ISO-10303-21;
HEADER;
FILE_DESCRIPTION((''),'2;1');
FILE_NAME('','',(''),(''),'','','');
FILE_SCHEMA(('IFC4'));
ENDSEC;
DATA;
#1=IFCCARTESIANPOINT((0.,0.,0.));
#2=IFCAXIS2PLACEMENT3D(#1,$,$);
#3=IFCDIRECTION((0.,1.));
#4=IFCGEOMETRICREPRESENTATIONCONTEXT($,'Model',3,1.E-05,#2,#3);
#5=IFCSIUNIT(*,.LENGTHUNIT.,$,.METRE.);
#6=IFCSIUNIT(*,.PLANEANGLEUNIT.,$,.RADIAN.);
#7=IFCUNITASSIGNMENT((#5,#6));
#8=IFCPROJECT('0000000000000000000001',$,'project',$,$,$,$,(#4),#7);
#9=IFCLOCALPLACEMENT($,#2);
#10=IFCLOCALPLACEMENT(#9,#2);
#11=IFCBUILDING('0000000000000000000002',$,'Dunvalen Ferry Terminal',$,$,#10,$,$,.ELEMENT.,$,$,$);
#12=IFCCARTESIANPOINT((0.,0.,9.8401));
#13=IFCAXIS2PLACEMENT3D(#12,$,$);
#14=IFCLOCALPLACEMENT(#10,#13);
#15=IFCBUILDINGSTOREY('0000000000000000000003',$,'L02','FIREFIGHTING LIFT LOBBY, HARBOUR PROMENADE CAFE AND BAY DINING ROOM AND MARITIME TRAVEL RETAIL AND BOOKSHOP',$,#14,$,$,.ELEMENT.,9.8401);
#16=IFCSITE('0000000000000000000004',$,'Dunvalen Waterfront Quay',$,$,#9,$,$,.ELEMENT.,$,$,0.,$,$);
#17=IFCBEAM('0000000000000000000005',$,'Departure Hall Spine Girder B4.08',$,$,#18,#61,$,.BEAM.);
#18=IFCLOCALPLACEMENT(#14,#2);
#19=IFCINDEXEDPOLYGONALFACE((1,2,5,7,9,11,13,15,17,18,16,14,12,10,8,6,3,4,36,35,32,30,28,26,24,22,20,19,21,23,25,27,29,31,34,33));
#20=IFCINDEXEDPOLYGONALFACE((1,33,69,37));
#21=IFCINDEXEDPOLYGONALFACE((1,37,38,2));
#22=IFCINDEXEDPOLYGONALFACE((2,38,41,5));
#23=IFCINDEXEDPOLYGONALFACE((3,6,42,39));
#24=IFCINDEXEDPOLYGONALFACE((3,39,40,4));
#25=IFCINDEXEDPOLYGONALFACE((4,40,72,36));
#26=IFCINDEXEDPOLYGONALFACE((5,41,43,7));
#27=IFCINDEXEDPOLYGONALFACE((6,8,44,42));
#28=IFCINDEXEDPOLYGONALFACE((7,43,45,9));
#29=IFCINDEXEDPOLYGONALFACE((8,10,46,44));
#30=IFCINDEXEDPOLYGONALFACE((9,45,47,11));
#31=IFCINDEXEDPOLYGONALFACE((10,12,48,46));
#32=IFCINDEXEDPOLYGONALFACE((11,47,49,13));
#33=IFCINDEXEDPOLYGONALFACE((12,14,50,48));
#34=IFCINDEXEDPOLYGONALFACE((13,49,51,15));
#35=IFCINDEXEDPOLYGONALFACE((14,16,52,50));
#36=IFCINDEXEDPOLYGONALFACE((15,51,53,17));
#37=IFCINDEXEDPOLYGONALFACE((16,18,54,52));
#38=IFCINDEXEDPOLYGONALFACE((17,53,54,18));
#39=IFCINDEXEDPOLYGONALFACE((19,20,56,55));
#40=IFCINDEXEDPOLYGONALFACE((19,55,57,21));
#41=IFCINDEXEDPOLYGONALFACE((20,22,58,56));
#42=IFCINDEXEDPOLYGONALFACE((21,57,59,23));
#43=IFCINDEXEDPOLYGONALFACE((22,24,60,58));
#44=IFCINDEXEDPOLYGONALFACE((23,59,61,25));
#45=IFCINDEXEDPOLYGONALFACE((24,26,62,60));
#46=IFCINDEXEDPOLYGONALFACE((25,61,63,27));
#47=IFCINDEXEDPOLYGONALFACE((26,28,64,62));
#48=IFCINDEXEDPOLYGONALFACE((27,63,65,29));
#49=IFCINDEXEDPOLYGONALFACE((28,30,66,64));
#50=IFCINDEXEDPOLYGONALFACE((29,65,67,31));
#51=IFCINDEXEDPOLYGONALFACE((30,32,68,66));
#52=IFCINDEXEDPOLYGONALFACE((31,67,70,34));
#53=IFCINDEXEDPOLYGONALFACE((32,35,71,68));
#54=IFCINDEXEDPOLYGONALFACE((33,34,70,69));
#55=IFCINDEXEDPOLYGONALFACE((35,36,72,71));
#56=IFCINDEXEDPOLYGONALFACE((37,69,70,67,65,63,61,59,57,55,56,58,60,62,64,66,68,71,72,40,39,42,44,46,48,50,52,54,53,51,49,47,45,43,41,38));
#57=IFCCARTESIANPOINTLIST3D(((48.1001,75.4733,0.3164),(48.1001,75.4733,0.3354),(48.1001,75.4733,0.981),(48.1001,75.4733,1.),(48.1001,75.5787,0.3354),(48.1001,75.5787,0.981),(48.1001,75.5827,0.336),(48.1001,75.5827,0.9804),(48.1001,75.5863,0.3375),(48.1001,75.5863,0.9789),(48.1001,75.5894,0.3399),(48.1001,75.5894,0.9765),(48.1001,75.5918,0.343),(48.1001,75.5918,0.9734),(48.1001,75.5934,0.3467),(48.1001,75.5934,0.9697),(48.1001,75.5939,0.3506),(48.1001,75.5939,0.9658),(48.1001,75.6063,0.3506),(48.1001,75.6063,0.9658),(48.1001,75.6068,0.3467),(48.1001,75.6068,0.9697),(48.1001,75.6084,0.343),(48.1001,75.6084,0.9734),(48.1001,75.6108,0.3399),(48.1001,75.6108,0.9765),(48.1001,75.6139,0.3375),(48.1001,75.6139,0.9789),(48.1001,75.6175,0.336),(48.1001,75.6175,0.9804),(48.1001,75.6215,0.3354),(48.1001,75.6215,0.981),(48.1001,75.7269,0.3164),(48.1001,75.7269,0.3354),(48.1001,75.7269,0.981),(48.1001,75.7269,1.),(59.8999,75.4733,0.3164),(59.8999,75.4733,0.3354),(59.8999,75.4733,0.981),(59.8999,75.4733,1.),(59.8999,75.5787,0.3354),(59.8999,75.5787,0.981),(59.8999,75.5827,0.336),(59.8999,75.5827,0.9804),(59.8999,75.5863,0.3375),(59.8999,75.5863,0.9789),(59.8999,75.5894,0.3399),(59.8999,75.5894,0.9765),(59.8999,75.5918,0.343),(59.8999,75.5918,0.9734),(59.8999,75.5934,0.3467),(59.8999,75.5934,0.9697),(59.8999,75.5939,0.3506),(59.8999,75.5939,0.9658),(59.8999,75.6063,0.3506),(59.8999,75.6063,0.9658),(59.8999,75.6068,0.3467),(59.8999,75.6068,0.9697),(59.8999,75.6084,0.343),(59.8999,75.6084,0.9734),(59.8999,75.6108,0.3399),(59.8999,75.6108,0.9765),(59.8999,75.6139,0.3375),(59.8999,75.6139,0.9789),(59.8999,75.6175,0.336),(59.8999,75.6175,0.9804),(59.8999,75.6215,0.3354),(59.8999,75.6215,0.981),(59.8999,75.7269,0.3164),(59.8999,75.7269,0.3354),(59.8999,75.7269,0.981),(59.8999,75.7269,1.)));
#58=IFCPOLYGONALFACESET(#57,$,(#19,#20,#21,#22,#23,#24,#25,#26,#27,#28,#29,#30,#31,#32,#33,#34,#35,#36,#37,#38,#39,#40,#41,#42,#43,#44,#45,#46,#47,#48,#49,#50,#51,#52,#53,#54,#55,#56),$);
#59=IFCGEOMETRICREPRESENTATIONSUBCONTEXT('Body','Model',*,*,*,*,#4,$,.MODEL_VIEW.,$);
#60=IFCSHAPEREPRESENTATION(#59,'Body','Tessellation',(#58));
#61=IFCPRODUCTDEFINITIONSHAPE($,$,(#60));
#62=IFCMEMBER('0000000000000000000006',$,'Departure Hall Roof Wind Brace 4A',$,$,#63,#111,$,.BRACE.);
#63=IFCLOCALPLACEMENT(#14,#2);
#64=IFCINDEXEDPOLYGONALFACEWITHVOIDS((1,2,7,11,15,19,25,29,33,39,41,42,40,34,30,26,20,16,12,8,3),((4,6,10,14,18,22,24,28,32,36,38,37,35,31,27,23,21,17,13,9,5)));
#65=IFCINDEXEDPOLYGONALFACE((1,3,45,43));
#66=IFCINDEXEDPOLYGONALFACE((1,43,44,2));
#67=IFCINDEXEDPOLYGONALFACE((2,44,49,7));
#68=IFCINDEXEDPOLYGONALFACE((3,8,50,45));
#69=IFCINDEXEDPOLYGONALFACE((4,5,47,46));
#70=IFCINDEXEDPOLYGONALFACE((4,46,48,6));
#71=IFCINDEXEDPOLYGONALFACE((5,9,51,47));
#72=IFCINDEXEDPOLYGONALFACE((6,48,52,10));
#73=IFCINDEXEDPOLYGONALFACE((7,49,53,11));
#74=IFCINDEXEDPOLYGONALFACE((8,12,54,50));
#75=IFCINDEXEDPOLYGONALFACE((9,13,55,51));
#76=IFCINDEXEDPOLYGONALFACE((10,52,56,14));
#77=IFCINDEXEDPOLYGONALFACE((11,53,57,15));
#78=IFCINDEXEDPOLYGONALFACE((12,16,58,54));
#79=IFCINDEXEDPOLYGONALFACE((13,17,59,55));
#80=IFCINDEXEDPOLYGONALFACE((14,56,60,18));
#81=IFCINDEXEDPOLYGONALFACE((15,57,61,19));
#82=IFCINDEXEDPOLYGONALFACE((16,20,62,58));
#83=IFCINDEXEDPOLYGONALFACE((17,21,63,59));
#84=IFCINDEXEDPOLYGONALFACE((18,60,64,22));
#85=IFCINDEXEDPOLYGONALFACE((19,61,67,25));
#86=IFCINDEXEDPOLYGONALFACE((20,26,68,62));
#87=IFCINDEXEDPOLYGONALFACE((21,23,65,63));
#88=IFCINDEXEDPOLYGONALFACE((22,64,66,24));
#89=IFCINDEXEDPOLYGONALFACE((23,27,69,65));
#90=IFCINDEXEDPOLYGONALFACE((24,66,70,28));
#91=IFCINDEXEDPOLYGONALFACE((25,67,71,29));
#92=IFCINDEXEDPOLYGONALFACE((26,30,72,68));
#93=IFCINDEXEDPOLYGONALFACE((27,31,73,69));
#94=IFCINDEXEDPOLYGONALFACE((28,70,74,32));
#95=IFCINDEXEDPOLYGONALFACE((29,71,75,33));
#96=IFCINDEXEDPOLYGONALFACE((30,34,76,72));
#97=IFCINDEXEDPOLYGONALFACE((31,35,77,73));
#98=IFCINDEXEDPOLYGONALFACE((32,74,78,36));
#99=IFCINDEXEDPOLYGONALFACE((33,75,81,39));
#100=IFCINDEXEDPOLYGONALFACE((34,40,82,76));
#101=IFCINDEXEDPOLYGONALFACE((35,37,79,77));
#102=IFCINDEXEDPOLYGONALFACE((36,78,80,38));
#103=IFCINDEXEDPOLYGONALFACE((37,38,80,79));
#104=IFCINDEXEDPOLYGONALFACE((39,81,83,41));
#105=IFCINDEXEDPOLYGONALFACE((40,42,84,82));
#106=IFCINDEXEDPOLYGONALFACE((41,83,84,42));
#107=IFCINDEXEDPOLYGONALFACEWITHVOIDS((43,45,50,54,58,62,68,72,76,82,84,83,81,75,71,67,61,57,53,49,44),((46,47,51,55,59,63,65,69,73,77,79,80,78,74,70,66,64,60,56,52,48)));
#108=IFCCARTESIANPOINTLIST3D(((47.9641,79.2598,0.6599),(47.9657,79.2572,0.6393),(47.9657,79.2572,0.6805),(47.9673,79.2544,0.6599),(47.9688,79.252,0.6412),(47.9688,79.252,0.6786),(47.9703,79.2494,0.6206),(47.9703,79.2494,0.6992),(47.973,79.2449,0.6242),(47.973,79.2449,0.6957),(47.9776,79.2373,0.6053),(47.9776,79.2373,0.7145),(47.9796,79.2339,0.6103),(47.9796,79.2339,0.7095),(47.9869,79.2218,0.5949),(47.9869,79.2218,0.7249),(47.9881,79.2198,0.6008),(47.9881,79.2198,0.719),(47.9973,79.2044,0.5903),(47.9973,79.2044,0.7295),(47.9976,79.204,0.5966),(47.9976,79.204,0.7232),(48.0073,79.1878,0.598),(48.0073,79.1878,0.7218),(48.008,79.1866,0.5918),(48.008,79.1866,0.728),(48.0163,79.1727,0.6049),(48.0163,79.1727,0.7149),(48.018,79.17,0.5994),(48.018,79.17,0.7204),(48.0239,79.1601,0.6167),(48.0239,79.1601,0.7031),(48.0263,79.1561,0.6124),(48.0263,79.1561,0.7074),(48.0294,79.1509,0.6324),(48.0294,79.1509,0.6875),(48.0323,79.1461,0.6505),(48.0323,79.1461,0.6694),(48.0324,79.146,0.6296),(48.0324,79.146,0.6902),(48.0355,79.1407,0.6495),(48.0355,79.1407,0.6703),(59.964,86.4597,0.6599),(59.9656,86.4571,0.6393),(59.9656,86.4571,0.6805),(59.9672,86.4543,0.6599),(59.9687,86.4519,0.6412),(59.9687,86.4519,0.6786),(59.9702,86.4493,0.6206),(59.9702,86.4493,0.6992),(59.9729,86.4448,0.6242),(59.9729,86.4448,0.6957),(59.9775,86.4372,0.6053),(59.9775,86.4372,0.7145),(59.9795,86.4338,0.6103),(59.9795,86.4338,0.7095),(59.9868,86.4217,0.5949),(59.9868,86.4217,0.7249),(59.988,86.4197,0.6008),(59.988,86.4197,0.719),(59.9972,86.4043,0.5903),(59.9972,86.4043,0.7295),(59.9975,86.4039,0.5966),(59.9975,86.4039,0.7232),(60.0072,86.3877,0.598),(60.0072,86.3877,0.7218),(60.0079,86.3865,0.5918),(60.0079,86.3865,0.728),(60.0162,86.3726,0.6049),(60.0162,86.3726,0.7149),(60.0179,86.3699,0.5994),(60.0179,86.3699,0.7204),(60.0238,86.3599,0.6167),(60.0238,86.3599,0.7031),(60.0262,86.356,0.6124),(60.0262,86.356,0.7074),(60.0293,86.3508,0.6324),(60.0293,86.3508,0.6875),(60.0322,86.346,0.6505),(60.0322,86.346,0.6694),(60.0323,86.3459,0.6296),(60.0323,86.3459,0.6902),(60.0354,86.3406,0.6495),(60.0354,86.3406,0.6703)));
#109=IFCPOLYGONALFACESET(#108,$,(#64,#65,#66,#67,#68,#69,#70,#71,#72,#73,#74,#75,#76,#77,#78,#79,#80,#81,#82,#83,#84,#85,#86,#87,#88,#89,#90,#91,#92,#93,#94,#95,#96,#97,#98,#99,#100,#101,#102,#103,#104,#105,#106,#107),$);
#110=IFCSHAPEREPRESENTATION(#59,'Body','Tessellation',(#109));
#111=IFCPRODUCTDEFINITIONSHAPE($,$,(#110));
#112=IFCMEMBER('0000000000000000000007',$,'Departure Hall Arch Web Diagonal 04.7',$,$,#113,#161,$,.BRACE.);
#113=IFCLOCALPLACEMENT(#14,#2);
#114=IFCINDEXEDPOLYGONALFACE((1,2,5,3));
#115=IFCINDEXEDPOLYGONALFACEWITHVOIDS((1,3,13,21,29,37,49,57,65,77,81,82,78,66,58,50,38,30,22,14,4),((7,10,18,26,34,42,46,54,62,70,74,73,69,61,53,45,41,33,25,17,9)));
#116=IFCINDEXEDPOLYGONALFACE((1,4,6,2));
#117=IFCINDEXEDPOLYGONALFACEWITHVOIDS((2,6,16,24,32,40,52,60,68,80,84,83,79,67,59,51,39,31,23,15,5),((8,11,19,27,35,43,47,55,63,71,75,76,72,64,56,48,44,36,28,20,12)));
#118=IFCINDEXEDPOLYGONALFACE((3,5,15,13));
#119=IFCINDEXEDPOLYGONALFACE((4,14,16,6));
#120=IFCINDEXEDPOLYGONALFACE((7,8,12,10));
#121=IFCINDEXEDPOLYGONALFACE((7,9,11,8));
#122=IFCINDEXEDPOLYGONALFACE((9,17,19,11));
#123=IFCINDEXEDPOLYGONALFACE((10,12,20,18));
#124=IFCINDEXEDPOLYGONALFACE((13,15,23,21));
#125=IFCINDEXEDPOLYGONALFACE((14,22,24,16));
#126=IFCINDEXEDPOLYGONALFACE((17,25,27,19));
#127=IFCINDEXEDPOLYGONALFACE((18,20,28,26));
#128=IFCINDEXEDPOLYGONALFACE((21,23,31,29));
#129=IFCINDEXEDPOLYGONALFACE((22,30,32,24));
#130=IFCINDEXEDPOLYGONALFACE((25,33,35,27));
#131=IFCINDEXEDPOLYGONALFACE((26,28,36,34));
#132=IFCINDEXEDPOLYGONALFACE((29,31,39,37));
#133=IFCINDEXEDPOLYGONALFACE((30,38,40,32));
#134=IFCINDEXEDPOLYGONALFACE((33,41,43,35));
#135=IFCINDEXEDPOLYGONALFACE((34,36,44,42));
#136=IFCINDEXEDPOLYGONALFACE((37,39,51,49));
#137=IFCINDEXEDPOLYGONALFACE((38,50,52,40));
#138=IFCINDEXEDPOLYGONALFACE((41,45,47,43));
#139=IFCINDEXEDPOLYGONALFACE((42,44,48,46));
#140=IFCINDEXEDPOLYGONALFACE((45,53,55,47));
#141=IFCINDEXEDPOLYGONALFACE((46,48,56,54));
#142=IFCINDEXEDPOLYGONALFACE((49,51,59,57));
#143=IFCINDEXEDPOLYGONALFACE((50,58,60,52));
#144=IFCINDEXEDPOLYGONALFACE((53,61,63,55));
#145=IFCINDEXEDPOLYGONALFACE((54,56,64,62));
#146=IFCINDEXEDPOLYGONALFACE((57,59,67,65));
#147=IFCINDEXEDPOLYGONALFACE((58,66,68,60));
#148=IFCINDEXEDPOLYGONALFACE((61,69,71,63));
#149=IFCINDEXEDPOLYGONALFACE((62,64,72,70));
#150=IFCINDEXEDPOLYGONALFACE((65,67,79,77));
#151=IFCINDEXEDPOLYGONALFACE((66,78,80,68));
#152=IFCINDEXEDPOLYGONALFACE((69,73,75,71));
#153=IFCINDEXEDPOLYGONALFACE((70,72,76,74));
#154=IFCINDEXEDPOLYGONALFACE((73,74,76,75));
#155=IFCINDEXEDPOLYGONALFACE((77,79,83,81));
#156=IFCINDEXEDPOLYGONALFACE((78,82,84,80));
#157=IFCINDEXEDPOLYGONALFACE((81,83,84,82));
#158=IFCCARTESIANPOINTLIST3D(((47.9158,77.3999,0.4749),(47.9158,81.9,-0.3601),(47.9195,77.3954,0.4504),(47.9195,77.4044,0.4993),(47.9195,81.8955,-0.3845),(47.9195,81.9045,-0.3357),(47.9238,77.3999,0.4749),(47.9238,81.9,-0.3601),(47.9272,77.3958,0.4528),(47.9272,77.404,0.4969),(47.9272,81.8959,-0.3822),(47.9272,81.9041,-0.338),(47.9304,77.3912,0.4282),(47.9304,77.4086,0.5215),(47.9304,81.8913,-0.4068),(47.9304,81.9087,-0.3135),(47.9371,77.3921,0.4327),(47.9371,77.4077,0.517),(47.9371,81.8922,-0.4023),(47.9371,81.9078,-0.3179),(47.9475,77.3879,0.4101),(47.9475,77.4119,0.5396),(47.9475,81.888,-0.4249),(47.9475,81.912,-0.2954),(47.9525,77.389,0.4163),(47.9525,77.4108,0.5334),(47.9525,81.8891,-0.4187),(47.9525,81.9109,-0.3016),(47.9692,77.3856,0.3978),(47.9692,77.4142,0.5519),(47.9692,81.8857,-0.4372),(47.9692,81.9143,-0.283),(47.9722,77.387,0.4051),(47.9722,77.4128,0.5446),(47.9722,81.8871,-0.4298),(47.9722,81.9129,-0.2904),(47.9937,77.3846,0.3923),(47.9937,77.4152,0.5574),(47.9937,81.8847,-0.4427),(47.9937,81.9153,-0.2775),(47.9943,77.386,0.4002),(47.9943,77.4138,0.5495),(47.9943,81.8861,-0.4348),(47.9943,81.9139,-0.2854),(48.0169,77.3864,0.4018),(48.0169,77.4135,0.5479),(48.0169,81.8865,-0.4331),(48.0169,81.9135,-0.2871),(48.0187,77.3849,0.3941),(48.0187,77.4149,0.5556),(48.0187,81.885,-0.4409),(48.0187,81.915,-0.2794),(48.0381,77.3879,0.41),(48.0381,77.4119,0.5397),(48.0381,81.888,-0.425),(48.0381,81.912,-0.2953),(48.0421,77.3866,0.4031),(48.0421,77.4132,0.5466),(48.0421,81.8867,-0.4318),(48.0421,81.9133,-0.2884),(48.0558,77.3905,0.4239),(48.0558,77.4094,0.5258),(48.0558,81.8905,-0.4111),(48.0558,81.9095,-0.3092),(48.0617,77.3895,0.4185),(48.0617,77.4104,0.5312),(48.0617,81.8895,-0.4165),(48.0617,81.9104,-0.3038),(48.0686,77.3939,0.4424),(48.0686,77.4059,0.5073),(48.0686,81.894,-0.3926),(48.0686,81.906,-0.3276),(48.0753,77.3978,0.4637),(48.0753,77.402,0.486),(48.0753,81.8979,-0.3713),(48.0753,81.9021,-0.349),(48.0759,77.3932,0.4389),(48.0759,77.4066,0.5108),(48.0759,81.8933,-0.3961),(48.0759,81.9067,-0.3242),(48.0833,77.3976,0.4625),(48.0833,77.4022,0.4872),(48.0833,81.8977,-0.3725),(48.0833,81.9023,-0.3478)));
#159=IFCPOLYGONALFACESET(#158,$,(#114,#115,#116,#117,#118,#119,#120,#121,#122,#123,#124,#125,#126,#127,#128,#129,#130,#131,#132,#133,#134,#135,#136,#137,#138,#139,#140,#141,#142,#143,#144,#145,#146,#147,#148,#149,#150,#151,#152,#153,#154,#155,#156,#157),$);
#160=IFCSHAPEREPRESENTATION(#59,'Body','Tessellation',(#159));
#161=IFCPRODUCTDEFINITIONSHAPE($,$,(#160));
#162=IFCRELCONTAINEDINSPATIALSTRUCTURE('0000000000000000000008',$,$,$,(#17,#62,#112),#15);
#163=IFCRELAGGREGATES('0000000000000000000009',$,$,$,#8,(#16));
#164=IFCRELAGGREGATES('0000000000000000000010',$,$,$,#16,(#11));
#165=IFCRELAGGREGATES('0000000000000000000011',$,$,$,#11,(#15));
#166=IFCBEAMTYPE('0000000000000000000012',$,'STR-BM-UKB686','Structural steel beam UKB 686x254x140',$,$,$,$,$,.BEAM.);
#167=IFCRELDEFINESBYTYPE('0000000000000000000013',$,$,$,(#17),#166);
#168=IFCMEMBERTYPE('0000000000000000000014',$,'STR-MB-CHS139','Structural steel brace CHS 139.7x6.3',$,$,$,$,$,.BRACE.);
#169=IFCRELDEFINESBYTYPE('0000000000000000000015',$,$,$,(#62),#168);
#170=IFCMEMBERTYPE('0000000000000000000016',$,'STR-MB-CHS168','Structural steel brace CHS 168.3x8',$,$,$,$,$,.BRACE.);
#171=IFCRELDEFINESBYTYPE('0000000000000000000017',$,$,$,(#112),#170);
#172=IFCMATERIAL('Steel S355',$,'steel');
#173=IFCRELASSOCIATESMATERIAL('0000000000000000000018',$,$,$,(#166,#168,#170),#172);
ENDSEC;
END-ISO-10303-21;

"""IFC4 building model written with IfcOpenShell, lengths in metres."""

from ifc_helpers import new_model, si_unit, direction, frame, origin, origin_2d, place, context, subcontext, project, spatial, hollow_circle, i_section, extrude, material, material_profile, profile_set, type_object, element, save


model = new_model("IFC4")

# Units and contexts
model_context = context("Model", 3, precision=1e-05, world=origin(), true_north=direction((0.0, 1.0)))
body_context = subcontext(model_context, "Body", "Model", "MODEL_VIEW")
ifc_project = project(units=[si_unit("LENGTHUNIT", "METRE"), si_unit("PLANEANGLEUNIT", "RADIAN")], contexts=[model_context])

# Site, building, storey
site_placement = place(None, origin())
site = spatial("IfcSite", under=ifc_project, at=site_placement, Name="Dunvalen Waterfront Quay", CompositionType="ELEMENT", RefElevation=0.0)
building_placement = place(site_placement, origin())
building = spatial("IfcBuilding", under=site, at=building_placement, Name="Dunvalen Ferry Terminal", CompositionType="ELEMENT")
storey_placement = place(building_placement, frame((0.0, 0.0, 9.8401)))
storey = spatial("IfcBuildingStorey", under=building, at=storey_placement, Name="L02", Description="FIREFIGHTING LIFT LOBBY, HARBOUR PROMENADE CAFE AND BAY DINING ROOM AND MARITIME TRAVEL RETAIL AND BOOKSHOP", CompositionType="ELEMENT", Elevation=9.8401)

# Beam
ifc_material_1 = material(Name="Steel S355", Category="steel")
ifc_material_profile_1 = material_profile(ifc_material_1, i_section(OverallWidth=0.2537, OverallDepth=0.6836, WebThickness=0.0125, FlangeThickness=0.019, FilletRadius=0.0151, at=origin_2d()), Name="Steel S355")
ifc_profile_set_1 = profile_set([ifc_material_profile_1], Name="Steel S355")
beam_type_1 = type_object("IfcBeamType", Name="STR-BM-UKB686", Description="Structural steel beam UKB 686x254x140", PredefinedType="BEAM", material=ifc_profile_set_1)
beam_1_placement = place(storey_placement, frame((48.1001, 75.6001, 0.6582), z_axis=(1.0, 0.0, 0.0), x_axis=(0.0, 1.0, 0.0)))
element("IfcBeam", 1, at=beam_1_placement, inside=storey, type_object=beam_type_1, Name="Departure Hall Spine Girder B4.08", PredefinedType="BEAM", context=body_context, shape_type="SweptSolid", body=[
    extrude(i_section(OverallWidth=0.2537, OverallDepth=0.6836, WebThickness=0.0125, FlangeThickness=0.019, FilletRadius=0.0151, at=origin_2d()), origin(), (0.0, 0.0, 1.0), 11.7998),
])

# Members
ifc_material_profile_2 = material_profile(ifc_material_1, hollow_circle(Radius=0.0698, WallThickness=0.0063, at=origin_2d()), Name="Steel S355")
ifc_profile_set_2 = profile_set([ifc_material_profile_2], Name="Steel S355")
member_type_1 = type_object("IfcMemberType", Name="STR-MB-CHS139", Description="Structural steel brace CHS 139.7x6.3", PredefinedType="BRACE", material=ifc_profile_set_2)
member_1_placement = place(storey_placement, frame((48.0, 79.2, 0.6599), z_axis=(0.857494, 0.514493, 0.0), x_axis=(-0.514493, 0.857494, 0.0)))
element("IfcMember", 2, at=member_1_placement, inside=storey, type_object=member_type_1, Name="Departure Hall Roof Wind Brace 4A", PredefinedType="BRACE", context=body_context, shape_type="SweptSolid", body=[
    extrude(hollow_circle(Radius=0.0698, WallThickness=0.0063, at=origin_2d()), origin(), (0.0, 0.0, 1.0), 13.9941),
])
ifc_material_profile_3 = material_profile(ifc_material_1, hollow_circle(Radius=0.0842, WallThickness=0.0081, at=origin_2d()), Name="Steel S355")
ifc_profile_set_3 = profile_set([ifc_material_profile_3], Name="Steel S355")
member_type_2 = type_object("IfcMemberType", Name="STR-MB-CHS168", Description="Structural steel brace CHS 168.3x8", PredefinedType="BRACE", material=ifc_profile_set_3)
member_2_placement = place(storey_placement, frame((48.0, 77.3999, 0.4749), z_axis=(0.0, 0.983218, -0.182433), x_axis=(-1.0, 0.0, 0.0)))
element("IfcMember", 3, at=member_2_placement, inside=storey, type_object=member_type_2, Name="Departure Hall Arch Web Diagonal 04.7", PredefinedType="BRACE", context=body_context, shape_type="SweptSolid", body=[
    extrude(hollow_circle(Radius=0.0842, WallThickness=0.0081, at=origin_2d()), origin(), (0.0, 0.0, 1.0), 4.5769),
])

save(model, "model.ifc")
